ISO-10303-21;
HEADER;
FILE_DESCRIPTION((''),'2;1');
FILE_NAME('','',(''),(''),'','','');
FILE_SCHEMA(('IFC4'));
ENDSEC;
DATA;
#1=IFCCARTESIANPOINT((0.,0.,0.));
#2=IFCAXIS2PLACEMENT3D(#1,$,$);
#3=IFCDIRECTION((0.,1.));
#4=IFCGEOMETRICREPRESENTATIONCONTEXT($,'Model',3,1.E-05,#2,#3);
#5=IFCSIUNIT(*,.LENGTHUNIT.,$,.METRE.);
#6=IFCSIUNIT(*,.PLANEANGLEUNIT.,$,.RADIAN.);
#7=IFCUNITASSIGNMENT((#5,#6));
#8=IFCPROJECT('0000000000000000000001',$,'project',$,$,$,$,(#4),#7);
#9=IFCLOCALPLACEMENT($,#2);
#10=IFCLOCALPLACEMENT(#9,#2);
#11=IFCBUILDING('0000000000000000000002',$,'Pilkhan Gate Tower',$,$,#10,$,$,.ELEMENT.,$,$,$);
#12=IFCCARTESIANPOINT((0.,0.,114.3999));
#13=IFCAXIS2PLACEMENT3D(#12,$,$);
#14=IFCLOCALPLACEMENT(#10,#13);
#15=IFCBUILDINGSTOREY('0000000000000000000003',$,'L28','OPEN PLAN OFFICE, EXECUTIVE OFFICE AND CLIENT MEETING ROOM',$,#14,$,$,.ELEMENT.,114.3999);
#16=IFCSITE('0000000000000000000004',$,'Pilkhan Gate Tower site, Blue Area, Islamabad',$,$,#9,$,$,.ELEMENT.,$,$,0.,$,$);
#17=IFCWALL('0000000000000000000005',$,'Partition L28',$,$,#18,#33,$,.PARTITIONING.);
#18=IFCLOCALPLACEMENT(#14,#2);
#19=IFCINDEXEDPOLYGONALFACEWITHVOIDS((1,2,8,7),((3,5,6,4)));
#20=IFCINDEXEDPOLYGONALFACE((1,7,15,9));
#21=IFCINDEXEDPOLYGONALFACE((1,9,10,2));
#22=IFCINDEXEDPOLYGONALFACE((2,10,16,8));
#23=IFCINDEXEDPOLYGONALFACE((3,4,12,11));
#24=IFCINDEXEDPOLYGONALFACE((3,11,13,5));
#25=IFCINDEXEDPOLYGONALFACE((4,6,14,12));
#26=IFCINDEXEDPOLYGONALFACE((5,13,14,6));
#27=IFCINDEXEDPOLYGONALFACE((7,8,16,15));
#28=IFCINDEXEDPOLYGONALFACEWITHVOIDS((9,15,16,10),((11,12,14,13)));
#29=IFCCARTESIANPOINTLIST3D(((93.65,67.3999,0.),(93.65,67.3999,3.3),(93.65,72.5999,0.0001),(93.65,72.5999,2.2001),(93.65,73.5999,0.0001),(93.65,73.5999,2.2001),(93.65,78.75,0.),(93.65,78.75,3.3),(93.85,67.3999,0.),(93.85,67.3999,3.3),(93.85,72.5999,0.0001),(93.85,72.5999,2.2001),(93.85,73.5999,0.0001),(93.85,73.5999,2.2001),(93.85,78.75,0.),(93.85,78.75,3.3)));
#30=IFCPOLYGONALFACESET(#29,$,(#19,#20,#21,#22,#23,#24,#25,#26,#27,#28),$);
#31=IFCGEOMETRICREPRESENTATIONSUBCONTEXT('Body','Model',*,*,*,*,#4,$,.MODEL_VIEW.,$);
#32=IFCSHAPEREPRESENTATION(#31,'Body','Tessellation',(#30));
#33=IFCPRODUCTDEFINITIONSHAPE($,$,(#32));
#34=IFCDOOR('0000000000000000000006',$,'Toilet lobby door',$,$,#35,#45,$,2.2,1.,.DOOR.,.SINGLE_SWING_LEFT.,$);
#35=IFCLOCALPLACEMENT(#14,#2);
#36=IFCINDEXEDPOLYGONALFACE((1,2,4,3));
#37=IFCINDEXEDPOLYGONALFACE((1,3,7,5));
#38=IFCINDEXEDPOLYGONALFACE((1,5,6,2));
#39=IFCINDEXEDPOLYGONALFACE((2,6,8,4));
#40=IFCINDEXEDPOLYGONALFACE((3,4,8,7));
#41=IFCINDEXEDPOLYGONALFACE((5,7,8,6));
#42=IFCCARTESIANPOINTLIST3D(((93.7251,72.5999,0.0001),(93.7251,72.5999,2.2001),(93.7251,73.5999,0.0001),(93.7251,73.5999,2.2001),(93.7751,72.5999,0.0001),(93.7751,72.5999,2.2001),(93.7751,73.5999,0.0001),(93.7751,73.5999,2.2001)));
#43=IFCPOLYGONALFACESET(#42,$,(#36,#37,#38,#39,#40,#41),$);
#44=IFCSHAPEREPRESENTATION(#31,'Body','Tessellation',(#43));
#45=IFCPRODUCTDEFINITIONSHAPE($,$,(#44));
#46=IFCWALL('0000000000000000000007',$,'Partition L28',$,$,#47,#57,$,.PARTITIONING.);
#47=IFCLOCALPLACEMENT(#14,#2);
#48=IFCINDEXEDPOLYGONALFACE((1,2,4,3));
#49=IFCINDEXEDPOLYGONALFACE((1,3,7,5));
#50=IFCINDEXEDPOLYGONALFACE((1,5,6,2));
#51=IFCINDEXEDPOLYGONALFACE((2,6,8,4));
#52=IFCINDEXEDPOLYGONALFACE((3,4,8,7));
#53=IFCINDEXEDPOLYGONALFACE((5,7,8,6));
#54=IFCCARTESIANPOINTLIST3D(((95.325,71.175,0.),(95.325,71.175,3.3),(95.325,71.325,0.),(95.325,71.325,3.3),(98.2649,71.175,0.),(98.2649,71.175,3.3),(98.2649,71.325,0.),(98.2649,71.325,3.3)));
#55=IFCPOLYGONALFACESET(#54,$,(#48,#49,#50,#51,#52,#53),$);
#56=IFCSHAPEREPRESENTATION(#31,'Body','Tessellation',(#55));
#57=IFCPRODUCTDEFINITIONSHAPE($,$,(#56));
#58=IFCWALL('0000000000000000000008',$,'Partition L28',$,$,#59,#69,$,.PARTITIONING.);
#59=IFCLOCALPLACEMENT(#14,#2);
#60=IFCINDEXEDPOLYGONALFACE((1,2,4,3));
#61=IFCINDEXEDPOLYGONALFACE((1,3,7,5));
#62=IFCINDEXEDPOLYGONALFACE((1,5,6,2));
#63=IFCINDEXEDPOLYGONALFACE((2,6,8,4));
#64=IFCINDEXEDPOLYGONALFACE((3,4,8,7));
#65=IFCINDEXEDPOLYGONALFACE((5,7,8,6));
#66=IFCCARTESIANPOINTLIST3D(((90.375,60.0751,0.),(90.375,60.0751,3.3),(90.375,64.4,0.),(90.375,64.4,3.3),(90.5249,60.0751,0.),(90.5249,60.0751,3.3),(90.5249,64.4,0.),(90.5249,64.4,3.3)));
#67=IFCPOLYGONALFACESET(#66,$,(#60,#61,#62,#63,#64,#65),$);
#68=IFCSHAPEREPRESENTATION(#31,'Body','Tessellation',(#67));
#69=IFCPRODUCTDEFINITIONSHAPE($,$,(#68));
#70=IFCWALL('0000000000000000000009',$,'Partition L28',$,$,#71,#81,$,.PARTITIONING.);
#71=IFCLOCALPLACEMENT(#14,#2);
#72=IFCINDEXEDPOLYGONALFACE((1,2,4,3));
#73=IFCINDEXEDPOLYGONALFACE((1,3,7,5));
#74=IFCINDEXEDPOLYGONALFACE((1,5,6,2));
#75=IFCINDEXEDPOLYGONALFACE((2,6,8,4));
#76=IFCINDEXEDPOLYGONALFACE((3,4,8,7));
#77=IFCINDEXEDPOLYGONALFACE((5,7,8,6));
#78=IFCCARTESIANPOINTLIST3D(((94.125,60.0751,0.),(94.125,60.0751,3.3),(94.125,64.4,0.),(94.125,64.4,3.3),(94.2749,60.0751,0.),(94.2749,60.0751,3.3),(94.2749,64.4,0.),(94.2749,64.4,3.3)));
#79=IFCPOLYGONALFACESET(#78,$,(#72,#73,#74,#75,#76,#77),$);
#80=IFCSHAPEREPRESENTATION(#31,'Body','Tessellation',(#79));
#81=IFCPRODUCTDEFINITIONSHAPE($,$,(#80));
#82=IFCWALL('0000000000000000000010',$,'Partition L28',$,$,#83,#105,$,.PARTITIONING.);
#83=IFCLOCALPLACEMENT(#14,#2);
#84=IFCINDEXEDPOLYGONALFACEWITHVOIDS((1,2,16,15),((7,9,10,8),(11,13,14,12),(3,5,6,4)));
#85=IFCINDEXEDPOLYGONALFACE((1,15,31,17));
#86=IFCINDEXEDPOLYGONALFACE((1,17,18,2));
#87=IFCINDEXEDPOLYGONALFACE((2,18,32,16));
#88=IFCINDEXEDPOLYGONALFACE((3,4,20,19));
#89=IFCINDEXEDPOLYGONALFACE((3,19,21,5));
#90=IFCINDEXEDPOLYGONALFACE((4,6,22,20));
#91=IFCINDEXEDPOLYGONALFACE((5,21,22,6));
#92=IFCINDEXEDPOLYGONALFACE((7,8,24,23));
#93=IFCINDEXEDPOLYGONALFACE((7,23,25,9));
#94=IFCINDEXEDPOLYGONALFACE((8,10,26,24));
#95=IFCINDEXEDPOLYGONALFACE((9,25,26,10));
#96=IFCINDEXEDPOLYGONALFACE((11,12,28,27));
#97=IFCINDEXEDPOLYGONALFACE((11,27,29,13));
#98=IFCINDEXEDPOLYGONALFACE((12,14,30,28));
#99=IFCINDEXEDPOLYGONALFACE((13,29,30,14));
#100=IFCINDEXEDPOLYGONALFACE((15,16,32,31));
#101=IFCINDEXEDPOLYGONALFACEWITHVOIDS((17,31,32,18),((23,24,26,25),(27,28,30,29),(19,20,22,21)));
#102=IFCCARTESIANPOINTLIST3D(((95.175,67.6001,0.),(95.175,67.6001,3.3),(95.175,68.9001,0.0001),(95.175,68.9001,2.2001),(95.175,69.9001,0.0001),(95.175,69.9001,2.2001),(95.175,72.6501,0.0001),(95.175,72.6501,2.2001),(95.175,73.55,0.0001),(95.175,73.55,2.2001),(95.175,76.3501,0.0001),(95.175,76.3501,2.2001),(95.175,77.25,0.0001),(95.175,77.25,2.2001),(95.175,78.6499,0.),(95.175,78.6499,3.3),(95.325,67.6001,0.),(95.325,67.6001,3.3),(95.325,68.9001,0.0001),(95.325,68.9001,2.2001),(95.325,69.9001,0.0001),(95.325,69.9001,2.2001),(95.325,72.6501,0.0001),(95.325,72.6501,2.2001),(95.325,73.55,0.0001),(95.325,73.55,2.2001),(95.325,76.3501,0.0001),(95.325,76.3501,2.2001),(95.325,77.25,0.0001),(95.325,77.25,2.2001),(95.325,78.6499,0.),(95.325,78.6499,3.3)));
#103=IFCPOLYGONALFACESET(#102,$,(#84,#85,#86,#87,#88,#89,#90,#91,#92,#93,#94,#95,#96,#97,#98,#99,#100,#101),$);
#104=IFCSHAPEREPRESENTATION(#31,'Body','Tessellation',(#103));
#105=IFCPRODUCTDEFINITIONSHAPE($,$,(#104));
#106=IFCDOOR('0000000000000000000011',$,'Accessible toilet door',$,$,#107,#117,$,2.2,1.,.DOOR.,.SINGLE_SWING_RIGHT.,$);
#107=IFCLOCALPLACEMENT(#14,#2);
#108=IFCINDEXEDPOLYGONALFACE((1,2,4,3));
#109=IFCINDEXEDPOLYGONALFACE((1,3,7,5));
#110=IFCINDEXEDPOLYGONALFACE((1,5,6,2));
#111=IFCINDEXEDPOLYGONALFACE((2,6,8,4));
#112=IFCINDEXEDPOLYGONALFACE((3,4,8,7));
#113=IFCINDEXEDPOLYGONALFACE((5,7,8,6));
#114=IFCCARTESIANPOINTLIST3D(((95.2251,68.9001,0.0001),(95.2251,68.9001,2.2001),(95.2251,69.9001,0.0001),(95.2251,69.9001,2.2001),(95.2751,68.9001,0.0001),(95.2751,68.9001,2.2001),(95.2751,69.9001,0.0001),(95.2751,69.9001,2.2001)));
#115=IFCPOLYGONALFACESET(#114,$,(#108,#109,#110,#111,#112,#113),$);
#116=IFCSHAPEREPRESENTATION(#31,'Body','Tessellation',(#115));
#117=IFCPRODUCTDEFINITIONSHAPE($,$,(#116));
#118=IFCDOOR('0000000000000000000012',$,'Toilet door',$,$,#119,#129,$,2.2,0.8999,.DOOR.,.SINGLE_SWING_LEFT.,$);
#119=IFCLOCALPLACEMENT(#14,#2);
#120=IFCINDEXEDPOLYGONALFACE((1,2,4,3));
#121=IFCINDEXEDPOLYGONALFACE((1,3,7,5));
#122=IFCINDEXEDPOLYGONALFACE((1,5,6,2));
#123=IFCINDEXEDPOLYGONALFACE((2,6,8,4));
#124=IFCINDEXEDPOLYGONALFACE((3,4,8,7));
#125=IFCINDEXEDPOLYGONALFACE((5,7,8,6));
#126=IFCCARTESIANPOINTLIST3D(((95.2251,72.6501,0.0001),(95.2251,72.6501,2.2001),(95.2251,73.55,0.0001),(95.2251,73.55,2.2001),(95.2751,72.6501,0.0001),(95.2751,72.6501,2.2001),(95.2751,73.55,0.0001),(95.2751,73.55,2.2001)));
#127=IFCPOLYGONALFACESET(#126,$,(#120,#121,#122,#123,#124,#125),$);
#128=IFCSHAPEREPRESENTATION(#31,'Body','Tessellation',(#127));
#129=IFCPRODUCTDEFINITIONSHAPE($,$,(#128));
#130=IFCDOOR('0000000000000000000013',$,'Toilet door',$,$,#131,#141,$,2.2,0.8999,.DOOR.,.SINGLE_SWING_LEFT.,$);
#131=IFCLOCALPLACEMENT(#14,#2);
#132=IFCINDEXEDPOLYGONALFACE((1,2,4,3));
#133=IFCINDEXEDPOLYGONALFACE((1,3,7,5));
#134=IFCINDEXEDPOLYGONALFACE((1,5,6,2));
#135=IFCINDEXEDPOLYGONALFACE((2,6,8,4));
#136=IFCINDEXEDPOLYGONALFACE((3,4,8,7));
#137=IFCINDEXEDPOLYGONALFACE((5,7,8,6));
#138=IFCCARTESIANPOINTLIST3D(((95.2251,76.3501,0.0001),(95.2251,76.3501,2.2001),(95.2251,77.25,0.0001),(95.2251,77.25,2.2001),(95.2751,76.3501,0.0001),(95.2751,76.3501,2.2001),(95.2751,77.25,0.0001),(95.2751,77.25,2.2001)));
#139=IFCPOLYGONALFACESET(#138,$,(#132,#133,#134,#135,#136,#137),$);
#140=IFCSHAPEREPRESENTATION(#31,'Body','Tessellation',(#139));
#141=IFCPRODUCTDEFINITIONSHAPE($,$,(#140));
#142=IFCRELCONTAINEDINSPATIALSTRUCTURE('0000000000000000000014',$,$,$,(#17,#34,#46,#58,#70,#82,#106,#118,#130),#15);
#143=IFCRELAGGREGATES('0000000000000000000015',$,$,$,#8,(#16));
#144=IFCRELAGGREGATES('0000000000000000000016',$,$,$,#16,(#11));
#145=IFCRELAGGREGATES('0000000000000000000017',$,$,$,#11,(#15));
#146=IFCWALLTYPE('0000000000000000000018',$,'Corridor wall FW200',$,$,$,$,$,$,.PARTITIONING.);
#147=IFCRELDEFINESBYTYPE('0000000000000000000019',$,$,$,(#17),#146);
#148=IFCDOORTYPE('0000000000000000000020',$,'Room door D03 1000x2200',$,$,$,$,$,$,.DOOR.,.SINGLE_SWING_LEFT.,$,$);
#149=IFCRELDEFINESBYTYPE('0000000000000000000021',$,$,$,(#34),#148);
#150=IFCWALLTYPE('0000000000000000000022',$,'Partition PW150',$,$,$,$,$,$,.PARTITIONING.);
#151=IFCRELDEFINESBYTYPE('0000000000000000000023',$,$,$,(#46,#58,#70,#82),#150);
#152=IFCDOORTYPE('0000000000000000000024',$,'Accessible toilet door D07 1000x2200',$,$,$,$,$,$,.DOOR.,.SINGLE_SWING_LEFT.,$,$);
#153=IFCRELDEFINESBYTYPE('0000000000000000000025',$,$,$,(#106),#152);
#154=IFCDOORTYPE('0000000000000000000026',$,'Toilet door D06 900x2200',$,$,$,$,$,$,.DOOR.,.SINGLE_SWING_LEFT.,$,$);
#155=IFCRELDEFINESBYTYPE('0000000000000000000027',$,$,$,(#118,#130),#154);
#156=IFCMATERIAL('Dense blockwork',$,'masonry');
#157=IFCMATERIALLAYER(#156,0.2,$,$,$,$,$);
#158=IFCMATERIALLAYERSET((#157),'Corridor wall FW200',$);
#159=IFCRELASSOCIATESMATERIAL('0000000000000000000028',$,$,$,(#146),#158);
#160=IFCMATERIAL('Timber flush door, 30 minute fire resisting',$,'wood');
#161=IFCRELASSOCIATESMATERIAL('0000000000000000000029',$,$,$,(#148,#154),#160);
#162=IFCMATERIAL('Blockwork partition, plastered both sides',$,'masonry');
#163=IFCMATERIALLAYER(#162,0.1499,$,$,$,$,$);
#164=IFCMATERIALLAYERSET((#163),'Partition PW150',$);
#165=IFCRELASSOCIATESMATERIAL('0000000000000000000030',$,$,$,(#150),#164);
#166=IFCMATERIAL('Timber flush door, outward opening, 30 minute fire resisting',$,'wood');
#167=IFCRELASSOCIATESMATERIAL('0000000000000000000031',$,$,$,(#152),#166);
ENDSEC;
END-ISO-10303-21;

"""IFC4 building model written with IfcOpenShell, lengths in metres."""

from ifc_helpers import new_model, si_unit, direction, frame, frame_2d, origin, place, context, subcontext, project, spatial, rectangle, extrude, material, layer, layer_set, type_object, element, fill, save


model = new_model("IFC4")

# Units and contexts
model_context = context("Model", 3, precision=1e-05, world=origin(), true_north=direction((0.0, 1.0)))
body_context = subcontext(model_context, "Body", "Model", "MODEL_VIEW")
ifc_project = project(units=[si_unit("LENGTHUNIT", "METRE"), si_unit("PLANEANGLEUNIT", "RADIAN")], contexts=[model_context])

# Site, building, storey
site_placement = place(None, origin())
site = spatial("IfcSite", under=ifc_project, at=site_placement, Name="Pilkhan Gate Tower site, Blue Area, Islamabad", CompositionType="ELEMENT", RefElevation=0.0)
building_placement = place(site_placement, origin())
building = spatial("IfcBuilding", under=site, at=building_placement, Name="Pilkhan Gate Tower", CompositionType="ELEMENT")
storey_placement = place(building_placement, frame((0.0, 0.0, 114.3999)))
storey = spatial("IfcBuildingStorey", under=building, at=storey_placement, Name="L28", Description="OPEN PLAN OFFICE, EXECUTIVE OFFICE AND CLIENT MEETING ROOM", CompositionType="ELEMENT", Elevation=114.3999)

# Shared definitions
ifc_material_1 = material(Name="Dense blockwork", Category="masonry")
ifc_layer_1 = layer(ifc_material_1, 0.2)
ifc_layer_set_1 = layer_set([ifc_layer_1], Name="Corridor wall FW200")
wall_type_1 = type_object("IfcWallType", Name="Corridor wall FW200", PredefinedType="PARTITIONING", material=ifc_layer_set_1)

# Wall, opening, door
wall_1_placement = place(storey_placement, frame((93.75, 67.3999, 0.0), z_axis=(0.0, 0.0, 1.0), x_axis=(0.0, 1.0, 0.0)))
wall_1 = element("IfcWall", 1, at=wall_1_placement, inside=storey, type_object=wall_type_1, Name="Partition L28", PredefinedType="PARTITIONING", context=body_context, shape_type="SweptSolid", body=[
    extrude(rectangle(XDim=11.3501, YDim=0.2, at=frame_2d((5.675, 0.0))), origin(), (0.0, 0.0, 1.0), 3.3),
])
opening_1_placement = place(wall_1_placement, frame((5.2, 0.0, 0.0)))
opening_1 = element("IfcOpeningElement", 2, at=opening_1_placement, cuts=wall_1, PredefinedType="OPENING", context=body_context, shape_type="SweptSolid", body=[
    extrude(rectangle(XDim=1.0, YDim=2.2, at=frame_2d((0.5, 1.1001))), frame((0.0, 0.1099, 0.0), z_axis=(0.0, -1.0, 0.0), x_axis=(1.0, 0.0, 0.0)), (0.0, 0.0, 1.0), 0.22),
])
ifc_material_2 = material(Name="Timber flush door, 30 minute fire resisting", Category="wood")
door_type_1 = type_object("IfcDoorType", Name="Room door D03 1000x2200", OperationType="SINGLE_SWING_LEFT", PredefinedType="DOOR", material=ifc_material_2)
door_1_placement = place(opening_1_placement, origin())
door_1 = element("IfcDoor", 3, at=door_1_placement, inside=storey, type_object=door_type_1, Name="Toilet lobby door", OperationType="SINGLE_SWING_LEFT", OverallHeight=2.2, OverallWidth=1.0, PredefinedType="DOOR", context=body_context, shape_type="SweptSolid", body=[
    extrude(rectangle(XDim=1.0, YDim=2.2, at=frame_2d((0.5, 1.1001))), frame((0.0, 0.0249, 0.0), z_axis=(0.0, -1.0, 0.0), x_axis=(1.0, 0.0, 0.0)), (0.0, 0.0, 1.0), 0.05),
])
fill(opening_1, door_1)

# Walls
ifc_material_3 = material(Name="Blockwork partition, plastered both sides", Category="masonry")
ifc_layer_2 = layer(ifc_material_3, 0.1499)
ifc_layer_set_2 = layer_set([ifc_layer_2], Name="Partition PW150")
wall_type_2 = type_object("IfcWallType", Name="Partition PW150", PredefinedType="PARTITIONING", material=ifc_layer_set_2)
wall_2_placement = place(storey_placement, frame((95.325, 71.25, 0.0), z_axis=(0.0, 0.0, 1.0), x_axis=(1.0, 0.0, 0.0)))
element("IfcWall", 4, at=wall_2_placement, inside=storey, type_object=wall_type_2, Name="Partition L28", PredefinedType="PARTITIONING", context=body_context, shape_type="SweptSolid", body=[
    extrude(rectangle(XDim=2.9399, YDim=0.1499, at=frame_2d((1.47, 0.0))), origin(), (0.0, 0.0, 1.0), 3.3),
])
for number, where, z_axis, x_axis, name in (
    (5, (90.45, 60.075, 0.0), (0.0, 0.0, 1.0), (0.0, 1.0, 0.0), "Partition L28"),
    (6, (94.2, 60.075, 0.0), (0.0, 0.0, 1.0), (0.0, 1.0, 0.0), "Partition L28"),
):
    element("IfcWall", number, at=place(storey_placement, frame(where, z_axis=z_axis, x_axis=x_axis)), inside=storey, type_object=wall_type_2, Name=name, PredefinedType="PARTITIONING", context=body_context, shape_type="SweptSolid", body=[
        extrude(rectangle(XDim=4.325, YDim=0.1499, at=frame_2d((2.1626, 0.0))), origin(), (0.0, 0.0, 1.0), 3.3),
    ])

# Wall, openings, doors
wall_3_placement = place(storey_placement, frame((95.25, 67.6001, 0.0), z_axis=(0.0, 0.0, 1.0), x_axis=(0.0, 1.0, 0.0)))
wall_3 = element("IfcWall", 7, at=wall_3_placement, inside=storey, type_object=wall_type_2, Name="Partition L28", PredefinedType="PARTITIONING", context=body_context, shape_type="SweptSolid", body=[
    extrude(rectangle(XDim=11.0498, YDim=0.1499, at=frame_2d((5.5249, 0.0))), origin(), (0.0, 0.0, 1.0), 3.3),
])
opening_2_placement = place(wall_3_placement, frame((1.3, 0.0, 0.0)))
opening_2 = element("IfcOpeningElement", 8, at=opening_2_placement, cuts=wall_3, PredefinedType="OPENING", context=body_context, shape_type="SweptSolid", body=[
    extrude(rectangle(XDim=1.0, YDim=2.2, at=frame_2d((0.5, 1.1001))), frame((0.0, 0.085, 0.0), z_axis=(0.0, -1.0, 0.0), x_axis=(1.0, 0.0, 0.0)), (0.0, 0.0, 1.0), 0.1699),
])
opening_3_placement = place(wall_3_placement, frame((5.05, 0.0, 0.0)))
opening_3 = element("IfcOpeningElement", 9, at=opening_3_placement, cuts=wall_3, PredefinedType="OPENING", context=body_context, shape_type="SweptSolid", body=[
    extrude(rectangle(XDim=0.8999, YDim=2.2, at=frame_2d((0.45, 1.1001))), frame((0.0, 0.085, 0.0), z_axis=(0.0, -1.0, 0.0), x_axis=(1.0, 0.0, 0.0)), (0.0, 0.0, 1.0), 0.1699),
])
opening_4_placement = place(wall_3_placement, frame((8.75, 0.0, 0.0)))
opening_4 = element("IfcOpeningElement", 10, at=opening_4_placement, cuts=wall_3, PredefinedType="OPENING", context=body_context, shape_type="SweptSolid", body=[
    extrude(rectangle(XDim=0.8999, YDim=2.2, at=frame_2d((0.45, 1.1001))), frame((0.0, 0.085, 0.0), z_axis=(0.0, -1.0, 0.0), x_axis=(1.0, 0.0, 0.0)), (0.0, 0.0, 1.0), 0.1699),
])
ifc_material_4 = material(Name="Timber flush door, outward opening, 30 minute fire resisting", Category="wood")
door_type_2 = type_object("IfcDoorType", Name="Accessible toilet door D07 1000x2200", OperationType="SINGLE_SWING_LEFT", PredefinedType="DOOR", material=ifc_material_4)
door_2_placement = place(opening_2_placement, origin())
door_2 = element("IfcDoor", 11, at=door_2_placement, inside=storey, type_object=door_type_2, Name="Accessible toilet door", OperationType="SINGLE_SWING_RIGHT", OverallHeight=2.2, OverallWidth=1.0, PredefinedType="DOOR", context=body_context, shape_type="SweptSolid", body=[
    extrude(rectangle(XDim=1.0, YDim=2.2, at=frame_2d((0.5, 1.1001))), frame((0.0, 0.0249, 0.0), z_axis=(0.0, -1.0, 0.0), x_axis=(1.0, 0.0, 0.0)), (0.0, 0.0, 1.0), 0.05),
])
fill(opening_2, door_2)
door_type_3 = type_object("IfcDoorType", Name="Toilet door D06 900x2200", OperationType="SINGLE_SWING_LEFT", PredefinedType="DOOR", material=ifc_material_2)
door_3_placement = place(opening_3_placement, origin())
door_3 = element("IfcDoor", 12, at=door_3_placement, inside=storey, type_object=door_type_3, Name="Toilet door", OperationType="SINGLE_SWING_LEFT", OverallHeight=2.2, OverallWidth=0.8999, PredefinedType="DOOR", context=body_context, shape_type="SweptSolid", body=[
    extrude(rectangle(XDim=0.8999, YDim=2.2, at=frame_2d((0.45, 1.1001))), frame((0.0, 0.0249, 0.0), z_axis=(0.0, -1.0, 0.0), x_axis=(1.0, 0.0, 0.0)), (0.0, 0.0, 1.0), 0.05),
])
fill(opening_3, door_3)
door_4_placement = place(opening_4_placement, origin())
door_4 = element("IfcDoor", 13, at=door_4_placement, inside=storey, type_object=door_type_3, Name="Toilet door", OperationType="SINGLE_SWING_LEFT", OverallHeight=2.2, OverallWidth=0.8999, PredefinedType="DOOR", context=body_context, shape_type="SweptSolid", body=[
    extrude(rectangle(XDim=0.8999, YDim=2.2, at=frame_2d((0.45, 1.1001))), frame((0.0, 0.0249, 0.0), z_axis=(0.0, -1.0, 0.0), x_axis=(1.0, 0.0, 0.0)), (0.0, 0.0, 1.0), 0.05),
])
fill(opening_4, door_4)

save(model, "model.ifc")
